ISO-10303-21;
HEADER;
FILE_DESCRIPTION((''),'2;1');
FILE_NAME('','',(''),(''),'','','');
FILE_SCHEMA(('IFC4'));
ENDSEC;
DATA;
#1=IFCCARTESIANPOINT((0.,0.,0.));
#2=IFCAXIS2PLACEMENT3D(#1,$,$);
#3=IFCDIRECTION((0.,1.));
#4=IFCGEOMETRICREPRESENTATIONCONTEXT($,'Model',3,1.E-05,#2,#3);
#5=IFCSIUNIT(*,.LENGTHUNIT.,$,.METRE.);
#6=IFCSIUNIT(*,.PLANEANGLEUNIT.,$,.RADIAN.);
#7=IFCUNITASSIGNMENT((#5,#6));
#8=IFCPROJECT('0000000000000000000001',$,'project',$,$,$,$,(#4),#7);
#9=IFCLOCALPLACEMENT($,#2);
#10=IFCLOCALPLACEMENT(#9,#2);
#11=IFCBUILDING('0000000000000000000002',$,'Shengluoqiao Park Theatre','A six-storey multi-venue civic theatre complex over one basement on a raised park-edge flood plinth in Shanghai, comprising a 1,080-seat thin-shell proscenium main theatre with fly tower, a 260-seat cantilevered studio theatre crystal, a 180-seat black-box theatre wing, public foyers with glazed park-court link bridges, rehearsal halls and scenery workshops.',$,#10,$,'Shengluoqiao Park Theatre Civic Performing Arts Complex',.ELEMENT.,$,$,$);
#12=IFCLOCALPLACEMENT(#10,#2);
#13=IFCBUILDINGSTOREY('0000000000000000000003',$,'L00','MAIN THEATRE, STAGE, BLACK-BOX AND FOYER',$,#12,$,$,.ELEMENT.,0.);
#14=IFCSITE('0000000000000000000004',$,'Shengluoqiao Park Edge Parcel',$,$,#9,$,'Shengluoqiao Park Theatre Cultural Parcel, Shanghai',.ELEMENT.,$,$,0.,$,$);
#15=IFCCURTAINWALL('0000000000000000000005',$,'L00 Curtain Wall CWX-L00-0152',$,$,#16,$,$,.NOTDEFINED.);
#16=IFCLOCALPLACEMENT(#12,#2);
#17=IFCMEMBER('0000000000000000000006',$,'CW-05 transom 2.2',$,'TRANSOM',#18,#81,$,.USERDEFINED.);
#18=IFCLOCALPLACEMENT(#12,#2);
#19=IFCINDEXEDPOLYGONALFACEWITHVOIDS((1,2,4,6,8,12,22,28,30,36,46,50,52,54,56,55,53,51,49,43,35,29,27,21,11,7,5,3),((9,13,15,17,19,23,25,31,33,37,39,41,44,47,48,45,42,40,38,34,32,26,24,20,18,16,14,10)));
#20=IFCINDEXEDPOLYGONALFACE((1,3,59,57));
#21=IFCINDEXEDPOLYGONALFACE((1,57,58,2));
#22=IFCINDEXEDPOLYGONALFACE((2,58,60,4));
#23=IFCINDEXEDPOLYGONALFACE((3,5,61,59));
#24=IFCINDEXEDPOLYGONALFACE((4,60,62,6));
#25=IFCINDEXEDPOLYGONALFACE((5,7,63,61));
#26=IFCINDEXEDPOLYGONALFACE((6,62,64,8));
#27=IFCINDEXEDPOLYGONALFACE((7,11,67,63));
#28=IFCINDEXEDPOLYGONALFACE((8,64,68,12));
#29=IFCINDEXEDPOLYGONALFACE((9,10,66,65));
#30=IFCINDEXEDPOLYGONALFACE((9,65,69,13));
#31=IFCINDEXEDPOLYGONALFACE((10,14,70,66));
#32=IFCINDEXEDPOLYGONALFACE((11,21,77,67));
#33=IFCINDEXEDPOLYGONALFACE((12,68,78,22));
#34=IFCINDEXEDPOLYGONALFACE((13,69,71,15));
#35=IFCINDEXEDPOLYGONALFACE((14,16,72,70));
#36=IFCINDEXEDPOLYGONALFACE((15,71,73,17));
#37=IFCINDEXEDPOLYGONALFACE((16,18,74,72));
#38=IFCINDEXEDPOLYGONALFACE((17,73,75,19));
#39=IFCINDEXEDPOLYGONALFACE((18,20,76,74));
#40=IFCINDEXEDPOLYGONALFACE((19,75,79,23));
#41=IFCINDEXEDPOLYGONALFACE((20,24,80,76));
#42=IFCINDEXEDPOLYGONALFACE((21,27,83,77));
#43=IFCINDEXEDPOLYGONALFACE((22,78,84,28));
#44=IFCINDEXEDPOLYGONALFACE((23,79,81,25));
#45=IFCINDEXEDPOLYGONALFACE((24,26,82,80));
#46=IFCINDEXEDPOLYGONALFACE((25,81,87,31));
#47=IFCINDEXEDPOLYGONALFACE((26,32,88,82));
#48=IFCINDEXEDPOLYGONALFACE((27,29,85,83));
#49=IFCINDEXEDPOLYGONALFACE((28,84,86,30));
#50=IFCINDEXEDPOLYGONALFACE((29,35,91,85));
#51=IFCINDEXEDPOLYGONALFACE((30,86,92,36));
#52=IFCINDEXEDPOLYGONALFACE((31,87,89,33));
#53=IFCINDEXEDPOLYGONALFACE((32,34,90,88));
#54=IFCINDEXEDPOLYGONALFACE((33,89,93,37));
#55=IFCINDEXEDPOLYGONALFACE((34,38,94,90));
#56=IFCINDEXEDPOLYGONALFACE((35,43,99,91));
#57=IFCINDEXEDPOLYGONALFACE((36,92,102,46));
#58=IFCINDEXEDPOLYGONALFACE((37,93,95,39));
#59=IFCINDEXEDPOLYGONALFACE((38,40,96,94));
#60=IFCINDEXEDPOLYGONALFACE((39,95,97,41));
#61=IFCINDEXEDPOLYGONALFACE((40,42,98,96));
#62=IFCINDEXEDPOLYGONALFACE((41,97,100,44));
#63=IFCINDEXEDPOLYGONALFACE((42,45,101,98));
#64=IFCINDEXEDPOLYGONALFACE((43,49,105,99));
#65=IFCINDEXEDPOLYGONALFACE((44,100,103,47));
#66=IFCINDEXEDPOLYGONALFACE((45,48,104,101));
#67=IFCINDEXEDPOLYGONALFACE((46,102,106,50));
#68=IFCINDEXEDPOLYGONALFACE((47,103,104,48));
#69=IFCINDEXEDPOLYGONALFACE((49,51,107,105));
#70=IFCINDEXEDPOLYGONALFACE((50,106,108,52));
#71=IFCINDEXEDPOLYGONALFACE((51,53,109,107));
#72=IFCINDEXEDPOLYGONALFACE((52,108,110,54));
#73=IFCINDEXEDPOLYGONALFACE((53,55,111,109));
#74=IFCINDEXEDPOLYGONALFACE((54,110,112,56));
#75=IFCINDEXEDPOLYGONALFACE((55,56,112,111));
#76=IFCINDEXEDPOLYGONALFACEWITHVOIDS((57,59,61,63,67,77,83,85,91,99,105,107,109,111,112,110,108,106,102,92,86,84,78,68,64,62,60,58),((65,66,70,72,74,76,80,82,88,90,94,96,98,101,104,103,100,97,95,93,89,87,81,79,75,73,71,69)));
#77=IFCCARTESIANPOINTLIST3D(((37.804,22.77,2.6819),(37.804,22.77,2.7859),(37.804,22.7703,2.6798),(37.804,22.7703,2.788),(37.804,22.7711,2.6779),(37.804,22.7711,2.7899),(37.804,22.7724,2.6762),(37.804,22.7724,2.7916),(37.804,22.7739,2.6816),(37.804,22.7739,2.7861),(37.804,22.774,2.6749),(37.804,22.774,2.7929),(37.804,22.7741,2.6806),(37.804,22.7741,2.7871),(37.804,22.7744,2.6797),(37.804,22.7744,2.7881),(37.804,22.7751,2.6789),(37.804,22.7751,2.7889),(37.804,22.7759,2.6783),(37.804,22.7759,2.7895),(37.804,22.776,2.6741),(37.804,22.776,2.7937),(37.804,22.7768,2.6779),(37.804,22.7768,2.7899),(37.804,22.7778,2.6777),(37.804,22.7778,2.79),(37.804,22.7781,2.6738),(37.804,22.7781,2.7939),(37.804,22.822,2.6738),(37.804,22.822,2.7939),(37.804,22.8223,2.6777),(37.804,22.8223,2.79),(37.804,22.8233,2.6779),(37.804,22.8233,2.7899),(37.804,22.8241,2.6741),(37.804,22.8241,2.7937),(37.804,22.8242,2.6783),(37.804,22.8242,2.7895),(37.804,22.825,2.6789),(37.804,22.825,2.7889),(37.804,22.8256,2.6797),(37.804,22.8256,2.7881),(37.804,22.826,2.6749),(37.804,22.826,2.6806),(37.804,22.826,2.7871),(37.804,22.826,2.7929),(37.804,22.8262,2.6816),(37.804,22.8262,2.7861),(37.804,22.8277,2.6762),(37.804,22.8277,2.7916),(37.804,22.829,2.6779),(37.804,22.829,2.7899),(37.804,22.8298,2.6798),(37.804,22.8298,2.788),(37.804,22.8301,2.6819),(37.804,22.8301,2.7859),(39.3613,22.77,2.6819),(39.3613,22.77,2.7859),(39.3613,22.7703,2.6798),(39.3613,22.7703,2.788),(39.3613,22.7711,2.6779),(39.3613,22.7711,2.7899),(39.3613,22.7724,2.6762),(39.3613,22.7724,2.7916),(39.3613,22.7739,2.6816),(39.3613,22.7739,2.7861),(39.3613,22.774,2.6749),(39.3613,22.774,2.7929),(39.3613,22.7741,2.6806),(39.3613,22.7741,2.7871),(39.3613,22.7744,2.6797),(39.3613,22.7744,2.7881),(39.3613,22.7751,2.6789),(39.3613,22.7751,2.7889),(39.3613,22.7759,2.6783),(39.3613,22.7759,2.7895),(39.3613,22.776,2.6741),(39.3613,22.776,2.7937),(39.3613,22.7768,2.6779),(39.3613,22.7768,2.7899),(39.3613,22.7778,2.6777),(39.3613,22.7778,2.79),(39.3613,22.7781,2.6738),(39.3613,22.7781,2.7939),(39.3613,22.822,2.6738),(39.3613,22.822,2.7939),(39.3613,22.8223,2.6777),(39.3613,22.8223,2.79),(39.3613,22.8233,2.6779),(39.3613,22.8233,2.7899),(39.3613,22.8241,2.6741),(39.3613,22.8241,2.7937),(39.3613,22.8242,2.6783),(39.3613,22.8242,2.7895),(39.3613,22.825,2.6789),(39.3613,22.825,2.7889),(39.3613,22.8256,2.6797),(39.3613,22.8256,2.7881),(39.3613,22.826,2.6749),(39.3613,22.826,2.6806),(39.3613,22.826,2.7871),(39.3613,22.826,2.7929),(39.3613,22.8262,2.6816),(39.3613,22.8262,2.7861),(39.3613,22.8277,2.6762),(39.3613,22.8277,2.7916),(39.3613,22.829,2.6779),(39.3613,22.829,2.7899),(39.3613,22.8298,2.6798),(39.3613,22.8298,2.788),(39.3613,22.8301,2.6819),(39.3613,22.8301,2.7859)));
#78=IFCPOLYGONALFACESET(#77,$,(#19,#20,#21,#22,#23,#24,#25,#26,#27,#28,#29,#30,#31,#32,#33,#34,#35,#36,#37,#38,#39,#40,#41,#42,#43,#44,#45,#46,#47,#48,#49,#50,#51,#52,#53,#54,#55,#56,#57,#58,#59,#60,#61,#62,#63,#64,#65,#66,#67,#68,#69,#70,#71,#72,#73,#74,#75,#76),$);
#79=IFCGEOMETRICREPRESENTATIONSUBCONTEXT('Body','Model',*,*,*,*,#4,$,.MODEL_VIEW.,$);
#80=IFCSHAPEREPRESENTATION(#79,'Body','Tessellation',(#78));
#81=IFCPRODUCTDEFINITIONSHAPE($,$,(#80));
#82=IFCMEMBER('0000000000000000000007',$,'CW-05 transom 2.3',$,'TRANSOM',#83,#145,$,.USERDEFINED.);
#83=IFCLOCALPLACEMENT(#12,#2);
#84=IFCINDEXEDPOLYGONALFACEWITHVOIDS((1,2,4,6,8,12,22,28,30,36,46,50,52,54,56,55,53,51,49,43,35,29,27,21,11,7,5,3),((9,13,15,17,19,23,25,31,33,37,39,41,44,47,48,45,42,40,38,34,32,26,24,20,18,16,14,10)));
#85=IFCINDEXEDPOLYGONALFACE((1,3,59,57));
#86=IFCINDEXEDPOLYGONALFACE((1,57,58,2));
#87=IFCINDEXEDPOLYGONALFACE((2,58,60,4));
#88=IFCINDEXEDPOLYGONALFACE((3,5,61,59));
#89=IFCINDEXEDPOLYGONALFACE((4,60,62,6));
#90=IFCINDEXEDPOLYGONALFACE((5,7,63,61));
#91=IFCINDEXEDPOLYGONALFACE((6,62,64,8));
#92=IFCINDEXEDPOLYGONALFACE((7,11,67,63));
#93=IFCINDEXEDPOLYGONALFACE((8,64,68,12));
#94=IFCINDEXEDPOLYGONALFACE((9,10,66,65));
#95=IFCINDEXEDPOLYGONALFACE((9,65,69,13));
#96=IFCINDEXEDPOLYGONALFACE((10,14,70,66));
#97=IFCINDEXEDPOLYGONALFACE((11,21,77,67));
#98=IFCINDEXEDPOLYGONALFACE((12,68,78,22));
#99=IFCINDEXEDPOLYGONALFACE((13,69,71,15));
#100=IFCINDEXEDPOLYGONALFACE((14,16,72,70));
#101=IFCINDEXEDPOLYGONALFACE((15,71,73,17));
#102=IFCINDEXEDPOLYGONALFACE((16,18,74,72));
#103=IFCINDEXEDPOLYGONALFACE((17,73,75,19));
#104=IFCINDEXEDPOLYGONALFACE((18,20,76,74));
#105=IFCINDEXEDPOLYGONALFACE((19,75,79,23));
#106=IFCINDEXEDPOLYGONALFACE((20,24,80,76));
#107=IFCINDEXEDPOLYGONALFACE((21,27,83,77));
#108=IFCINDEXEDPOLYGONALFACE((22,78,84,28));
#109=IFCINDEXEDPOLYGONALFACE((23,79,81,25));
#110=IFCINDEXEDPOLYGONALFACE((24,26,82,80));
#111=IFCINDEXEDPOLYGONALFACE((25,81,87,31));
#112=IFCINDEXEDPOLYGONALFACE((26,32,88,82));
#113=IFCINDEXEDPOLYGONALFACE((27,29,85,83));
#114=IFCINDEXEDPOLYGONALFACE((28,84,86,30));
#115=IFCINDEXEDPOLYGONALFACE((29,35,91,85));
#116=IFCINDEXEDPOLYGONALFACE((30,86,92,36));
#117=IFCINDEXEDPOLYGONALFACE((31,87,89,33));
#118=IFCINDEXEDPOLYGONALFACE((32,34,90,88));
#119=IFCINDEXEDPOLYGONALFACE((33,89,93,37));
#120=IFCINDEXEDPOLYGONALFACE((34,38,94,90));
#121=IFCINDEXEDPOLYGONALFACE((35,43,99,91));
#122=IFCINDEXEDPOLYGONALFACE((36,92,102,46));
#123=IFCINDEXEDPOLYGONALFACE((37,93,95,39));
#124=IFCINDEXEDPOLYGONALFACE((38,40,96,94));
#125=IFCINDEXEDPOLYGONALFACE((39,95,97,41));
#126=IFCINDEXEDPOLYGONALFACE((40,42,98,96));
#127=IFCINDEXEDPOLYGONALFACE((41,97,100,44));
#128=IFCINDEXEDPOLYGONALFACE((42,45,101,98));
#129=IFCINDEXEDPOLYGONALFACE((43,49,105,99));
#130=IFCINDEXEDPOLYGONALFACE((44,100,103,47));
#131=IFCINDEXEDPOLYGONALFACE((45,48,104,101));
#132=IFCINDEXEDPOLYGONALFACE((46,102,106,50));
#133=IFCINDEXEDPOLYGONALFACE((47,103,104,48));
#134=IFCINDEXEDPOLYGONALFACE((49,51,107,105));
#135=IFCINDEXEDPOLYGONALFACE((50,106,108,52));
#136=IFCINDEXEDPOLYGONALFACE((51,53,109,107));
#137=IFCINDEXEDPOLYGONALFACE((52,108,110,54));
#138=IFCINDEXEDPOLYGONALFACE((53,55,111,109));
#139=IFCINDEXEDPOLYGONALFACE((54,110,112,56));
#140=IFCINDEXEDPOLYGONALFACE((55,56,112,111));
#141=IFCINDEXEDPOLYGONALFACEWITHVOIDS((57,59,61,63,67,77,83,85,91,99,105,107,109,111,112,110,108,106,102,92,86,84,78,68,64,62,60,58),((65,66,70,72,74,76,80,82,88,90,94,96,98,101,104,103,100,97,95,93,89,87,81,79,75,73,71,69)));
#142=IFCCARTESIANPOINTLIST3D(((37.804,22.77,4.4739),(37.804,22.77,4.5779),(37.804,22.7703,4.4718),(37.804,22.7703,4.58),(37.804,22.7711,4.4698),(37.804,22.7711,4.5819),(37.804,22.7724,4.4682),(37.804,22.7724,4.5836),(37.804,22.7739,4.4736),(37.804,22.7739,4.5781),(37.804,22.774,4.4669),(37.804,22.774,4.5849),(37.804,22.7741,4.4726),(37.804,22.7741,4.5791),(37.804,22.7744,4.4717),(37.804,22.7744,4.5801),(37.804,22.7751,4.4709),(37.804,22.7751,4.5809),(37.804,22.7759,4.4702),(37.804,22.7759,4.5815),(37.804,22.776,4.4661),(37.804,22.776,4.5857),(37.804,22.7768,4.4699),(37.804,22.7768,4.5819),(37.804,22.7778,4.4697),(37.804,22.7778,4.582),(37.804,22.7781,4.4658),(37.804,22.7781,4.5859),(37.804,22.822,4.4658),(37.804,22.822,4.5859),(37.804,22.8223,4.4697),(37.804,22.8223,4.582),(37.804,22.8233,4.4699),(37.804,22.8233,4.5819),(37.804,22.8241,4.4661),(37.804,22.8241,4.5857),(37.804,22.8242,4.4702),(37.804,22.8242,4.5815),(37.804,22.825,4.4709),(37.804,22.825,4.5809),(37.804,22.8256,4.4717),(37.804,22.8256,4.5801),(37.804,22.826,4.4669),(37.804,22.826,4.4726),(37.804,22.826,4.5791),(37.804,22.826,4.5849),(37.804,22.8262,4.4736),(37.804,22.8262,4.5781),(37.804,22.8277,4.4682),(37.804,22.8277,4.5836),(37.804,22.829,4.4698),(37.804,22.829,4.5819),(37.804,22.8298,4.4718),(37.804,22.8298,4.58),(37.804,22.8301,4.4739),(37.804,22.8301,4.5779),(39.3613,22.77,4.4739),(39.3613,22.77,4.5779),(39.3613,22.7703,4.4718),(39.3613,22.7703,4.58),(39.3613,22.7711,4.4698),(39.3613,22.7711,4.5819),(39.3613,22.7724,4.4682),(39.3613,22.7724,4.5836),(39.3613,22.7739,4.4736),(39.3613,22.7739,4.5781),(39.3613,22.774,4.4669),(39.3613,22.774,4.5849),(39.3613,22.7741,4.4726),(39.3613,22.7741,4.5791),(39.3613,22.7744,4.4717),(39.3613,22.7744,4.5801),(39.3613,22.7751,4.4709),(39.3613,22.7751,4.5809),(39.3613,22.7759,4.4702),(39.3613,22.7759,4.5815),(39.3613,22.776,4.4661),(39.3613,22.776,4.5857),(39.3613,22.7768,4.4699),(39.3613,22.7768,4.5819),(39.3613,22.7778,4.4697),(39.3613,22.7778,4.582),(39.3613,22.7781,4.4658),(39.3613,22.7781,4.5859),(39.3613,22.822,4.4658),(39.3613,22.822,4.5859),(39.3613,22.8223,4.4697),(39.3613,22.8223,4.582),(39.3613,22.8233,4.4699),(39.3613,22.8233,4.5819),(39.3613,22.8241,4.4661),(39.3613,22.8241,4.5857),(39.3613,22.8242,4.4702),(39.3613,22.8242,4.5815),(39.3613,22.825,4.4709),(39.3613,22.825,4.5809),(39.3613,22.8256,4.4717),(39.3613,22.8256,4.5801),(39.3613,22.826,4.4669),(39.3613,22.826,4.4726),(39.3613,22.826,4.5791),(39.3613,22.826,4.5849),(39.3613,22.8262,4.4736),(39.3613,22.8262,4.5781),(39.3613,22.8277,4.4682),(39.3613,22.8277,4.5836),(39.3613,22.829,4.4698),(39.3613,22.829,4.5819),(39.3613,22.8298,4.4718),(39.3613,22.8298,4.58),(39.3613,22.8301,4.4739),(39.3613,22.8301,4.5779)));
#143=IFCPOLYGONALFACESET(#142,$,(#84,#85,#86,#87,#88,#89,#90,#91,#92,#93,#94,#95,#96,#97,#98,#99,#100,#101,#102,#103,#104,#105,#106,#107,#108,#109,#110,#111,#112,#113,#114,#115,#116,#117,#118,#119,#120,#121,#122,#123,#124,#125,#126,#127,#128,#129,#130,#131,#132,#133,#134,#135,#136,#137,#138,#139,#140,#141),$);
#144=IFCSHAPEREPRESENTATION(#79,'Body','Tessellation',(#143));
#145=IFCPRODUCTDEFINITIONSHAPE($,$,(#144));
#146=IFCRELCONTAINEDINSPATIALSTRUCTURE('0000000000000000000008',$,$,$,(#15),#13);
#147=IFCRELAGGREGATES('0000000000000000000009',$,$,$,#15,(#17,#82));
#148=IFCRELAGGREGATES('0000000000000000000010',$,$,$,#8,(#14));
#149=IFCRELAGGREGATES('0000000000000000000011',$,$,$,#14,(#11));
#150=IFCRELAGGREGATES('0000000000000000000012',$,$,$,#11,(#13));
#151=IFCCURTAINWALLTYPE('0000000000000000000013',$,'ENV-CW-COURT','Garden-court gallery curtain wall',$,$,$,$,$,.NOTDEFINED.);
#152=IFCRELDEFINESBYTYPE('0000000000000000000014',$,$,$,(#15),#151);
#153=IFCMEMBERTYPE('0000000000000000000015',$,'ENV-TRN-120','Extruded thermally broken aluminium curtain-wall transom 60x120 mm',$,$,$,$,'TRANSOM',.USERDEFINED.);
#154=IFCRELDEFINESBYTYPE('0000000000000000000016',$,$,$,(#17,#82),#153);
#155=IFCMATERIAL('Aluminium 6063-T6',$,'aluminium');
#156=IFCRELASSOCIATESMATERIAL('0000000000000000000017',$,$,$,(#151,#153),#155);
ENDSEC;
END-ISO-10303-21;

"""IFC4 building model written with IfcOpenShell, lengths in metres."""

from ifc_helpers import new_model, si_unit, direction, frame, origin, origin_2d, place, context, subcontext, project, spatial, hollow_rectangle, extrude, material, material_profile, profile_set, type_object, element, aggregate, save


model = new_model("IFC4")

# Units and contexts
model_context = context("Model", 3, precision=1e-05, world=origin(), true_north=direction((0.0, 1.0)))
body_context = subcontext(model_context, "Body", "Model", "MODEL_VIEW")
ifc_project = project(units=[si_unit("LENGTHUNIT", "METRE"), si_unit("PLANEANGLEUNIT", "RADIAN")], contexts=[model_context])

# Site, building, storey
site_placement = place(None, origin())
site = spatial("IfcSite", under=ifc_project, at=site_placement, Name="Shengluoqiao Park Edge Parcel", LongName="Shengluoqiao Park Theatre Cultural Parcel, Shanghai", CompositionType="ELEMENT", RefElevation=0.0)
building_placement = place(site_placement, origin())
building = spatial("IfcBuilding", under=site, at=building_placement, Name="Shengluoqiao Park Theatre", Description="A six-storey multi-venue civic theatre complex over one basement on a raised park-edge flood plinth in Shanghai, comprising a 1,080-seat thin-shell proscenium main theatre with fly tower, a 260-seat cantilevered studio theatre crystal, a 180-seat black-box theatre wing, public foyers with glazed park-court link bridges, rehearsal halls and scenery workshops.", LongName="Shengluoqiao Park Theatre Civic Performing Arts Complex", CompositionType="ELEMENT")
storey_placement = place(building_placement, origin())
storey = spatial("IfcBuildingStorey", under=building, at=storey_placement, Name="L00", Description="MAIN THEATRE, STAGE, BLACK-BOX AND FOYER", CompositionType="ELEMENT", Elevation=0.0)

# Curtain wall
ifc_material_1 = material(Name="Aluminium 6063-T6", Category="aluminium")
curtain_wall_type = type_object("IfcCurtainWallType", Name="ENV-CW-COURT", Description="Garden-court gallery curtain wall", PredefinedType="NOTDEFINED", material=ifc_material_1)
curtain_wall_1_placement = place(storey_placement, origin())
curtain_wall_1 = element("IfcCurtainWall", 1, at=curtain_wall_1_placement, inside=storey, type_object=curtain_wall_type, Name="L00 Curtain Wall CWX-L00-0152", PredefinedType="NOTDEFINED")

# Shared definitions
ifc_material_profile_1 = material_profile(ifc_material_1, hollow_rectangle(XDim=0.0601, YDim=0.1201, WallThickness=0.0039, InnerFilletRadius=0.0039, OuterFilletRadius=0.0081, at=origin_2d()), Name="ALU TRANSOM 120x60x4")
ifc_profile_set_1 = profile_set([ifc_material_profile_1], Name="Aluminium 6063-T6")
member_type_1 = type_object("IfcMemberType", Name="ENV-TRN-120", Description="Extruded thermally broken aluminium curtain-wall transom 60x120 mm", ElementType="TRANSOM", PredefinedType="USERDEFINED", material=ifc_profile_set_1)

# Members
member_1_placement = place(storey_placement, frame((37.804, 22.8, 2.7339), z_axis=(1.0, 0.0, 0.0), x_axis=(0.0, 1.0, 0.0)))
member_1 = element("IfcMember", 2, at=member_1_placement, type_object=member_type_1, Name="CW-05 transom 2.2", ObjectType="TRANSOM", PredefinedType="USERDEFINED", context=body_context, shape_type="SweptSolid", body=[
    extrude(hollow_rectangle(XDim=0.0601, YDim=0.1201, WallThickness=0.0039, InnerFilletRadius=0.0039, OuterFilletRadius=0.0081, at=origin_2d()), origin(), (0.0, 0.0, 1.0), 1.5574),
])
member_2_placement = place(storey_placement, frame((37.804, 22.8, 4.5259), z_axis=(1.0, 0.0, 0.0), x_axis=(0.0, 1.0, 0.0)))
member_2 = element("IfcMember", 3, at=member_2_placement, type_object=member_type_1, Name="CW-05 transom 2.3", ObjectType="TRANSOM", PredefinedType="USERDEFINED", context=body_context, shape_type="SweptSolid", body=[
    extrude(hollow_rectangle(XDim=0.0601, YDim=0.1201, WallThickness=0.0039, InnerFilletRadius=0.0039, OuterFilletRadius=0.0081, at=origin_2d()), origin(), (0.0, 0.0, 1.0), 1.5574),
])

aggregate(curtain_wall_1, [member_1, member_2])

save(model, "model.ifc")
